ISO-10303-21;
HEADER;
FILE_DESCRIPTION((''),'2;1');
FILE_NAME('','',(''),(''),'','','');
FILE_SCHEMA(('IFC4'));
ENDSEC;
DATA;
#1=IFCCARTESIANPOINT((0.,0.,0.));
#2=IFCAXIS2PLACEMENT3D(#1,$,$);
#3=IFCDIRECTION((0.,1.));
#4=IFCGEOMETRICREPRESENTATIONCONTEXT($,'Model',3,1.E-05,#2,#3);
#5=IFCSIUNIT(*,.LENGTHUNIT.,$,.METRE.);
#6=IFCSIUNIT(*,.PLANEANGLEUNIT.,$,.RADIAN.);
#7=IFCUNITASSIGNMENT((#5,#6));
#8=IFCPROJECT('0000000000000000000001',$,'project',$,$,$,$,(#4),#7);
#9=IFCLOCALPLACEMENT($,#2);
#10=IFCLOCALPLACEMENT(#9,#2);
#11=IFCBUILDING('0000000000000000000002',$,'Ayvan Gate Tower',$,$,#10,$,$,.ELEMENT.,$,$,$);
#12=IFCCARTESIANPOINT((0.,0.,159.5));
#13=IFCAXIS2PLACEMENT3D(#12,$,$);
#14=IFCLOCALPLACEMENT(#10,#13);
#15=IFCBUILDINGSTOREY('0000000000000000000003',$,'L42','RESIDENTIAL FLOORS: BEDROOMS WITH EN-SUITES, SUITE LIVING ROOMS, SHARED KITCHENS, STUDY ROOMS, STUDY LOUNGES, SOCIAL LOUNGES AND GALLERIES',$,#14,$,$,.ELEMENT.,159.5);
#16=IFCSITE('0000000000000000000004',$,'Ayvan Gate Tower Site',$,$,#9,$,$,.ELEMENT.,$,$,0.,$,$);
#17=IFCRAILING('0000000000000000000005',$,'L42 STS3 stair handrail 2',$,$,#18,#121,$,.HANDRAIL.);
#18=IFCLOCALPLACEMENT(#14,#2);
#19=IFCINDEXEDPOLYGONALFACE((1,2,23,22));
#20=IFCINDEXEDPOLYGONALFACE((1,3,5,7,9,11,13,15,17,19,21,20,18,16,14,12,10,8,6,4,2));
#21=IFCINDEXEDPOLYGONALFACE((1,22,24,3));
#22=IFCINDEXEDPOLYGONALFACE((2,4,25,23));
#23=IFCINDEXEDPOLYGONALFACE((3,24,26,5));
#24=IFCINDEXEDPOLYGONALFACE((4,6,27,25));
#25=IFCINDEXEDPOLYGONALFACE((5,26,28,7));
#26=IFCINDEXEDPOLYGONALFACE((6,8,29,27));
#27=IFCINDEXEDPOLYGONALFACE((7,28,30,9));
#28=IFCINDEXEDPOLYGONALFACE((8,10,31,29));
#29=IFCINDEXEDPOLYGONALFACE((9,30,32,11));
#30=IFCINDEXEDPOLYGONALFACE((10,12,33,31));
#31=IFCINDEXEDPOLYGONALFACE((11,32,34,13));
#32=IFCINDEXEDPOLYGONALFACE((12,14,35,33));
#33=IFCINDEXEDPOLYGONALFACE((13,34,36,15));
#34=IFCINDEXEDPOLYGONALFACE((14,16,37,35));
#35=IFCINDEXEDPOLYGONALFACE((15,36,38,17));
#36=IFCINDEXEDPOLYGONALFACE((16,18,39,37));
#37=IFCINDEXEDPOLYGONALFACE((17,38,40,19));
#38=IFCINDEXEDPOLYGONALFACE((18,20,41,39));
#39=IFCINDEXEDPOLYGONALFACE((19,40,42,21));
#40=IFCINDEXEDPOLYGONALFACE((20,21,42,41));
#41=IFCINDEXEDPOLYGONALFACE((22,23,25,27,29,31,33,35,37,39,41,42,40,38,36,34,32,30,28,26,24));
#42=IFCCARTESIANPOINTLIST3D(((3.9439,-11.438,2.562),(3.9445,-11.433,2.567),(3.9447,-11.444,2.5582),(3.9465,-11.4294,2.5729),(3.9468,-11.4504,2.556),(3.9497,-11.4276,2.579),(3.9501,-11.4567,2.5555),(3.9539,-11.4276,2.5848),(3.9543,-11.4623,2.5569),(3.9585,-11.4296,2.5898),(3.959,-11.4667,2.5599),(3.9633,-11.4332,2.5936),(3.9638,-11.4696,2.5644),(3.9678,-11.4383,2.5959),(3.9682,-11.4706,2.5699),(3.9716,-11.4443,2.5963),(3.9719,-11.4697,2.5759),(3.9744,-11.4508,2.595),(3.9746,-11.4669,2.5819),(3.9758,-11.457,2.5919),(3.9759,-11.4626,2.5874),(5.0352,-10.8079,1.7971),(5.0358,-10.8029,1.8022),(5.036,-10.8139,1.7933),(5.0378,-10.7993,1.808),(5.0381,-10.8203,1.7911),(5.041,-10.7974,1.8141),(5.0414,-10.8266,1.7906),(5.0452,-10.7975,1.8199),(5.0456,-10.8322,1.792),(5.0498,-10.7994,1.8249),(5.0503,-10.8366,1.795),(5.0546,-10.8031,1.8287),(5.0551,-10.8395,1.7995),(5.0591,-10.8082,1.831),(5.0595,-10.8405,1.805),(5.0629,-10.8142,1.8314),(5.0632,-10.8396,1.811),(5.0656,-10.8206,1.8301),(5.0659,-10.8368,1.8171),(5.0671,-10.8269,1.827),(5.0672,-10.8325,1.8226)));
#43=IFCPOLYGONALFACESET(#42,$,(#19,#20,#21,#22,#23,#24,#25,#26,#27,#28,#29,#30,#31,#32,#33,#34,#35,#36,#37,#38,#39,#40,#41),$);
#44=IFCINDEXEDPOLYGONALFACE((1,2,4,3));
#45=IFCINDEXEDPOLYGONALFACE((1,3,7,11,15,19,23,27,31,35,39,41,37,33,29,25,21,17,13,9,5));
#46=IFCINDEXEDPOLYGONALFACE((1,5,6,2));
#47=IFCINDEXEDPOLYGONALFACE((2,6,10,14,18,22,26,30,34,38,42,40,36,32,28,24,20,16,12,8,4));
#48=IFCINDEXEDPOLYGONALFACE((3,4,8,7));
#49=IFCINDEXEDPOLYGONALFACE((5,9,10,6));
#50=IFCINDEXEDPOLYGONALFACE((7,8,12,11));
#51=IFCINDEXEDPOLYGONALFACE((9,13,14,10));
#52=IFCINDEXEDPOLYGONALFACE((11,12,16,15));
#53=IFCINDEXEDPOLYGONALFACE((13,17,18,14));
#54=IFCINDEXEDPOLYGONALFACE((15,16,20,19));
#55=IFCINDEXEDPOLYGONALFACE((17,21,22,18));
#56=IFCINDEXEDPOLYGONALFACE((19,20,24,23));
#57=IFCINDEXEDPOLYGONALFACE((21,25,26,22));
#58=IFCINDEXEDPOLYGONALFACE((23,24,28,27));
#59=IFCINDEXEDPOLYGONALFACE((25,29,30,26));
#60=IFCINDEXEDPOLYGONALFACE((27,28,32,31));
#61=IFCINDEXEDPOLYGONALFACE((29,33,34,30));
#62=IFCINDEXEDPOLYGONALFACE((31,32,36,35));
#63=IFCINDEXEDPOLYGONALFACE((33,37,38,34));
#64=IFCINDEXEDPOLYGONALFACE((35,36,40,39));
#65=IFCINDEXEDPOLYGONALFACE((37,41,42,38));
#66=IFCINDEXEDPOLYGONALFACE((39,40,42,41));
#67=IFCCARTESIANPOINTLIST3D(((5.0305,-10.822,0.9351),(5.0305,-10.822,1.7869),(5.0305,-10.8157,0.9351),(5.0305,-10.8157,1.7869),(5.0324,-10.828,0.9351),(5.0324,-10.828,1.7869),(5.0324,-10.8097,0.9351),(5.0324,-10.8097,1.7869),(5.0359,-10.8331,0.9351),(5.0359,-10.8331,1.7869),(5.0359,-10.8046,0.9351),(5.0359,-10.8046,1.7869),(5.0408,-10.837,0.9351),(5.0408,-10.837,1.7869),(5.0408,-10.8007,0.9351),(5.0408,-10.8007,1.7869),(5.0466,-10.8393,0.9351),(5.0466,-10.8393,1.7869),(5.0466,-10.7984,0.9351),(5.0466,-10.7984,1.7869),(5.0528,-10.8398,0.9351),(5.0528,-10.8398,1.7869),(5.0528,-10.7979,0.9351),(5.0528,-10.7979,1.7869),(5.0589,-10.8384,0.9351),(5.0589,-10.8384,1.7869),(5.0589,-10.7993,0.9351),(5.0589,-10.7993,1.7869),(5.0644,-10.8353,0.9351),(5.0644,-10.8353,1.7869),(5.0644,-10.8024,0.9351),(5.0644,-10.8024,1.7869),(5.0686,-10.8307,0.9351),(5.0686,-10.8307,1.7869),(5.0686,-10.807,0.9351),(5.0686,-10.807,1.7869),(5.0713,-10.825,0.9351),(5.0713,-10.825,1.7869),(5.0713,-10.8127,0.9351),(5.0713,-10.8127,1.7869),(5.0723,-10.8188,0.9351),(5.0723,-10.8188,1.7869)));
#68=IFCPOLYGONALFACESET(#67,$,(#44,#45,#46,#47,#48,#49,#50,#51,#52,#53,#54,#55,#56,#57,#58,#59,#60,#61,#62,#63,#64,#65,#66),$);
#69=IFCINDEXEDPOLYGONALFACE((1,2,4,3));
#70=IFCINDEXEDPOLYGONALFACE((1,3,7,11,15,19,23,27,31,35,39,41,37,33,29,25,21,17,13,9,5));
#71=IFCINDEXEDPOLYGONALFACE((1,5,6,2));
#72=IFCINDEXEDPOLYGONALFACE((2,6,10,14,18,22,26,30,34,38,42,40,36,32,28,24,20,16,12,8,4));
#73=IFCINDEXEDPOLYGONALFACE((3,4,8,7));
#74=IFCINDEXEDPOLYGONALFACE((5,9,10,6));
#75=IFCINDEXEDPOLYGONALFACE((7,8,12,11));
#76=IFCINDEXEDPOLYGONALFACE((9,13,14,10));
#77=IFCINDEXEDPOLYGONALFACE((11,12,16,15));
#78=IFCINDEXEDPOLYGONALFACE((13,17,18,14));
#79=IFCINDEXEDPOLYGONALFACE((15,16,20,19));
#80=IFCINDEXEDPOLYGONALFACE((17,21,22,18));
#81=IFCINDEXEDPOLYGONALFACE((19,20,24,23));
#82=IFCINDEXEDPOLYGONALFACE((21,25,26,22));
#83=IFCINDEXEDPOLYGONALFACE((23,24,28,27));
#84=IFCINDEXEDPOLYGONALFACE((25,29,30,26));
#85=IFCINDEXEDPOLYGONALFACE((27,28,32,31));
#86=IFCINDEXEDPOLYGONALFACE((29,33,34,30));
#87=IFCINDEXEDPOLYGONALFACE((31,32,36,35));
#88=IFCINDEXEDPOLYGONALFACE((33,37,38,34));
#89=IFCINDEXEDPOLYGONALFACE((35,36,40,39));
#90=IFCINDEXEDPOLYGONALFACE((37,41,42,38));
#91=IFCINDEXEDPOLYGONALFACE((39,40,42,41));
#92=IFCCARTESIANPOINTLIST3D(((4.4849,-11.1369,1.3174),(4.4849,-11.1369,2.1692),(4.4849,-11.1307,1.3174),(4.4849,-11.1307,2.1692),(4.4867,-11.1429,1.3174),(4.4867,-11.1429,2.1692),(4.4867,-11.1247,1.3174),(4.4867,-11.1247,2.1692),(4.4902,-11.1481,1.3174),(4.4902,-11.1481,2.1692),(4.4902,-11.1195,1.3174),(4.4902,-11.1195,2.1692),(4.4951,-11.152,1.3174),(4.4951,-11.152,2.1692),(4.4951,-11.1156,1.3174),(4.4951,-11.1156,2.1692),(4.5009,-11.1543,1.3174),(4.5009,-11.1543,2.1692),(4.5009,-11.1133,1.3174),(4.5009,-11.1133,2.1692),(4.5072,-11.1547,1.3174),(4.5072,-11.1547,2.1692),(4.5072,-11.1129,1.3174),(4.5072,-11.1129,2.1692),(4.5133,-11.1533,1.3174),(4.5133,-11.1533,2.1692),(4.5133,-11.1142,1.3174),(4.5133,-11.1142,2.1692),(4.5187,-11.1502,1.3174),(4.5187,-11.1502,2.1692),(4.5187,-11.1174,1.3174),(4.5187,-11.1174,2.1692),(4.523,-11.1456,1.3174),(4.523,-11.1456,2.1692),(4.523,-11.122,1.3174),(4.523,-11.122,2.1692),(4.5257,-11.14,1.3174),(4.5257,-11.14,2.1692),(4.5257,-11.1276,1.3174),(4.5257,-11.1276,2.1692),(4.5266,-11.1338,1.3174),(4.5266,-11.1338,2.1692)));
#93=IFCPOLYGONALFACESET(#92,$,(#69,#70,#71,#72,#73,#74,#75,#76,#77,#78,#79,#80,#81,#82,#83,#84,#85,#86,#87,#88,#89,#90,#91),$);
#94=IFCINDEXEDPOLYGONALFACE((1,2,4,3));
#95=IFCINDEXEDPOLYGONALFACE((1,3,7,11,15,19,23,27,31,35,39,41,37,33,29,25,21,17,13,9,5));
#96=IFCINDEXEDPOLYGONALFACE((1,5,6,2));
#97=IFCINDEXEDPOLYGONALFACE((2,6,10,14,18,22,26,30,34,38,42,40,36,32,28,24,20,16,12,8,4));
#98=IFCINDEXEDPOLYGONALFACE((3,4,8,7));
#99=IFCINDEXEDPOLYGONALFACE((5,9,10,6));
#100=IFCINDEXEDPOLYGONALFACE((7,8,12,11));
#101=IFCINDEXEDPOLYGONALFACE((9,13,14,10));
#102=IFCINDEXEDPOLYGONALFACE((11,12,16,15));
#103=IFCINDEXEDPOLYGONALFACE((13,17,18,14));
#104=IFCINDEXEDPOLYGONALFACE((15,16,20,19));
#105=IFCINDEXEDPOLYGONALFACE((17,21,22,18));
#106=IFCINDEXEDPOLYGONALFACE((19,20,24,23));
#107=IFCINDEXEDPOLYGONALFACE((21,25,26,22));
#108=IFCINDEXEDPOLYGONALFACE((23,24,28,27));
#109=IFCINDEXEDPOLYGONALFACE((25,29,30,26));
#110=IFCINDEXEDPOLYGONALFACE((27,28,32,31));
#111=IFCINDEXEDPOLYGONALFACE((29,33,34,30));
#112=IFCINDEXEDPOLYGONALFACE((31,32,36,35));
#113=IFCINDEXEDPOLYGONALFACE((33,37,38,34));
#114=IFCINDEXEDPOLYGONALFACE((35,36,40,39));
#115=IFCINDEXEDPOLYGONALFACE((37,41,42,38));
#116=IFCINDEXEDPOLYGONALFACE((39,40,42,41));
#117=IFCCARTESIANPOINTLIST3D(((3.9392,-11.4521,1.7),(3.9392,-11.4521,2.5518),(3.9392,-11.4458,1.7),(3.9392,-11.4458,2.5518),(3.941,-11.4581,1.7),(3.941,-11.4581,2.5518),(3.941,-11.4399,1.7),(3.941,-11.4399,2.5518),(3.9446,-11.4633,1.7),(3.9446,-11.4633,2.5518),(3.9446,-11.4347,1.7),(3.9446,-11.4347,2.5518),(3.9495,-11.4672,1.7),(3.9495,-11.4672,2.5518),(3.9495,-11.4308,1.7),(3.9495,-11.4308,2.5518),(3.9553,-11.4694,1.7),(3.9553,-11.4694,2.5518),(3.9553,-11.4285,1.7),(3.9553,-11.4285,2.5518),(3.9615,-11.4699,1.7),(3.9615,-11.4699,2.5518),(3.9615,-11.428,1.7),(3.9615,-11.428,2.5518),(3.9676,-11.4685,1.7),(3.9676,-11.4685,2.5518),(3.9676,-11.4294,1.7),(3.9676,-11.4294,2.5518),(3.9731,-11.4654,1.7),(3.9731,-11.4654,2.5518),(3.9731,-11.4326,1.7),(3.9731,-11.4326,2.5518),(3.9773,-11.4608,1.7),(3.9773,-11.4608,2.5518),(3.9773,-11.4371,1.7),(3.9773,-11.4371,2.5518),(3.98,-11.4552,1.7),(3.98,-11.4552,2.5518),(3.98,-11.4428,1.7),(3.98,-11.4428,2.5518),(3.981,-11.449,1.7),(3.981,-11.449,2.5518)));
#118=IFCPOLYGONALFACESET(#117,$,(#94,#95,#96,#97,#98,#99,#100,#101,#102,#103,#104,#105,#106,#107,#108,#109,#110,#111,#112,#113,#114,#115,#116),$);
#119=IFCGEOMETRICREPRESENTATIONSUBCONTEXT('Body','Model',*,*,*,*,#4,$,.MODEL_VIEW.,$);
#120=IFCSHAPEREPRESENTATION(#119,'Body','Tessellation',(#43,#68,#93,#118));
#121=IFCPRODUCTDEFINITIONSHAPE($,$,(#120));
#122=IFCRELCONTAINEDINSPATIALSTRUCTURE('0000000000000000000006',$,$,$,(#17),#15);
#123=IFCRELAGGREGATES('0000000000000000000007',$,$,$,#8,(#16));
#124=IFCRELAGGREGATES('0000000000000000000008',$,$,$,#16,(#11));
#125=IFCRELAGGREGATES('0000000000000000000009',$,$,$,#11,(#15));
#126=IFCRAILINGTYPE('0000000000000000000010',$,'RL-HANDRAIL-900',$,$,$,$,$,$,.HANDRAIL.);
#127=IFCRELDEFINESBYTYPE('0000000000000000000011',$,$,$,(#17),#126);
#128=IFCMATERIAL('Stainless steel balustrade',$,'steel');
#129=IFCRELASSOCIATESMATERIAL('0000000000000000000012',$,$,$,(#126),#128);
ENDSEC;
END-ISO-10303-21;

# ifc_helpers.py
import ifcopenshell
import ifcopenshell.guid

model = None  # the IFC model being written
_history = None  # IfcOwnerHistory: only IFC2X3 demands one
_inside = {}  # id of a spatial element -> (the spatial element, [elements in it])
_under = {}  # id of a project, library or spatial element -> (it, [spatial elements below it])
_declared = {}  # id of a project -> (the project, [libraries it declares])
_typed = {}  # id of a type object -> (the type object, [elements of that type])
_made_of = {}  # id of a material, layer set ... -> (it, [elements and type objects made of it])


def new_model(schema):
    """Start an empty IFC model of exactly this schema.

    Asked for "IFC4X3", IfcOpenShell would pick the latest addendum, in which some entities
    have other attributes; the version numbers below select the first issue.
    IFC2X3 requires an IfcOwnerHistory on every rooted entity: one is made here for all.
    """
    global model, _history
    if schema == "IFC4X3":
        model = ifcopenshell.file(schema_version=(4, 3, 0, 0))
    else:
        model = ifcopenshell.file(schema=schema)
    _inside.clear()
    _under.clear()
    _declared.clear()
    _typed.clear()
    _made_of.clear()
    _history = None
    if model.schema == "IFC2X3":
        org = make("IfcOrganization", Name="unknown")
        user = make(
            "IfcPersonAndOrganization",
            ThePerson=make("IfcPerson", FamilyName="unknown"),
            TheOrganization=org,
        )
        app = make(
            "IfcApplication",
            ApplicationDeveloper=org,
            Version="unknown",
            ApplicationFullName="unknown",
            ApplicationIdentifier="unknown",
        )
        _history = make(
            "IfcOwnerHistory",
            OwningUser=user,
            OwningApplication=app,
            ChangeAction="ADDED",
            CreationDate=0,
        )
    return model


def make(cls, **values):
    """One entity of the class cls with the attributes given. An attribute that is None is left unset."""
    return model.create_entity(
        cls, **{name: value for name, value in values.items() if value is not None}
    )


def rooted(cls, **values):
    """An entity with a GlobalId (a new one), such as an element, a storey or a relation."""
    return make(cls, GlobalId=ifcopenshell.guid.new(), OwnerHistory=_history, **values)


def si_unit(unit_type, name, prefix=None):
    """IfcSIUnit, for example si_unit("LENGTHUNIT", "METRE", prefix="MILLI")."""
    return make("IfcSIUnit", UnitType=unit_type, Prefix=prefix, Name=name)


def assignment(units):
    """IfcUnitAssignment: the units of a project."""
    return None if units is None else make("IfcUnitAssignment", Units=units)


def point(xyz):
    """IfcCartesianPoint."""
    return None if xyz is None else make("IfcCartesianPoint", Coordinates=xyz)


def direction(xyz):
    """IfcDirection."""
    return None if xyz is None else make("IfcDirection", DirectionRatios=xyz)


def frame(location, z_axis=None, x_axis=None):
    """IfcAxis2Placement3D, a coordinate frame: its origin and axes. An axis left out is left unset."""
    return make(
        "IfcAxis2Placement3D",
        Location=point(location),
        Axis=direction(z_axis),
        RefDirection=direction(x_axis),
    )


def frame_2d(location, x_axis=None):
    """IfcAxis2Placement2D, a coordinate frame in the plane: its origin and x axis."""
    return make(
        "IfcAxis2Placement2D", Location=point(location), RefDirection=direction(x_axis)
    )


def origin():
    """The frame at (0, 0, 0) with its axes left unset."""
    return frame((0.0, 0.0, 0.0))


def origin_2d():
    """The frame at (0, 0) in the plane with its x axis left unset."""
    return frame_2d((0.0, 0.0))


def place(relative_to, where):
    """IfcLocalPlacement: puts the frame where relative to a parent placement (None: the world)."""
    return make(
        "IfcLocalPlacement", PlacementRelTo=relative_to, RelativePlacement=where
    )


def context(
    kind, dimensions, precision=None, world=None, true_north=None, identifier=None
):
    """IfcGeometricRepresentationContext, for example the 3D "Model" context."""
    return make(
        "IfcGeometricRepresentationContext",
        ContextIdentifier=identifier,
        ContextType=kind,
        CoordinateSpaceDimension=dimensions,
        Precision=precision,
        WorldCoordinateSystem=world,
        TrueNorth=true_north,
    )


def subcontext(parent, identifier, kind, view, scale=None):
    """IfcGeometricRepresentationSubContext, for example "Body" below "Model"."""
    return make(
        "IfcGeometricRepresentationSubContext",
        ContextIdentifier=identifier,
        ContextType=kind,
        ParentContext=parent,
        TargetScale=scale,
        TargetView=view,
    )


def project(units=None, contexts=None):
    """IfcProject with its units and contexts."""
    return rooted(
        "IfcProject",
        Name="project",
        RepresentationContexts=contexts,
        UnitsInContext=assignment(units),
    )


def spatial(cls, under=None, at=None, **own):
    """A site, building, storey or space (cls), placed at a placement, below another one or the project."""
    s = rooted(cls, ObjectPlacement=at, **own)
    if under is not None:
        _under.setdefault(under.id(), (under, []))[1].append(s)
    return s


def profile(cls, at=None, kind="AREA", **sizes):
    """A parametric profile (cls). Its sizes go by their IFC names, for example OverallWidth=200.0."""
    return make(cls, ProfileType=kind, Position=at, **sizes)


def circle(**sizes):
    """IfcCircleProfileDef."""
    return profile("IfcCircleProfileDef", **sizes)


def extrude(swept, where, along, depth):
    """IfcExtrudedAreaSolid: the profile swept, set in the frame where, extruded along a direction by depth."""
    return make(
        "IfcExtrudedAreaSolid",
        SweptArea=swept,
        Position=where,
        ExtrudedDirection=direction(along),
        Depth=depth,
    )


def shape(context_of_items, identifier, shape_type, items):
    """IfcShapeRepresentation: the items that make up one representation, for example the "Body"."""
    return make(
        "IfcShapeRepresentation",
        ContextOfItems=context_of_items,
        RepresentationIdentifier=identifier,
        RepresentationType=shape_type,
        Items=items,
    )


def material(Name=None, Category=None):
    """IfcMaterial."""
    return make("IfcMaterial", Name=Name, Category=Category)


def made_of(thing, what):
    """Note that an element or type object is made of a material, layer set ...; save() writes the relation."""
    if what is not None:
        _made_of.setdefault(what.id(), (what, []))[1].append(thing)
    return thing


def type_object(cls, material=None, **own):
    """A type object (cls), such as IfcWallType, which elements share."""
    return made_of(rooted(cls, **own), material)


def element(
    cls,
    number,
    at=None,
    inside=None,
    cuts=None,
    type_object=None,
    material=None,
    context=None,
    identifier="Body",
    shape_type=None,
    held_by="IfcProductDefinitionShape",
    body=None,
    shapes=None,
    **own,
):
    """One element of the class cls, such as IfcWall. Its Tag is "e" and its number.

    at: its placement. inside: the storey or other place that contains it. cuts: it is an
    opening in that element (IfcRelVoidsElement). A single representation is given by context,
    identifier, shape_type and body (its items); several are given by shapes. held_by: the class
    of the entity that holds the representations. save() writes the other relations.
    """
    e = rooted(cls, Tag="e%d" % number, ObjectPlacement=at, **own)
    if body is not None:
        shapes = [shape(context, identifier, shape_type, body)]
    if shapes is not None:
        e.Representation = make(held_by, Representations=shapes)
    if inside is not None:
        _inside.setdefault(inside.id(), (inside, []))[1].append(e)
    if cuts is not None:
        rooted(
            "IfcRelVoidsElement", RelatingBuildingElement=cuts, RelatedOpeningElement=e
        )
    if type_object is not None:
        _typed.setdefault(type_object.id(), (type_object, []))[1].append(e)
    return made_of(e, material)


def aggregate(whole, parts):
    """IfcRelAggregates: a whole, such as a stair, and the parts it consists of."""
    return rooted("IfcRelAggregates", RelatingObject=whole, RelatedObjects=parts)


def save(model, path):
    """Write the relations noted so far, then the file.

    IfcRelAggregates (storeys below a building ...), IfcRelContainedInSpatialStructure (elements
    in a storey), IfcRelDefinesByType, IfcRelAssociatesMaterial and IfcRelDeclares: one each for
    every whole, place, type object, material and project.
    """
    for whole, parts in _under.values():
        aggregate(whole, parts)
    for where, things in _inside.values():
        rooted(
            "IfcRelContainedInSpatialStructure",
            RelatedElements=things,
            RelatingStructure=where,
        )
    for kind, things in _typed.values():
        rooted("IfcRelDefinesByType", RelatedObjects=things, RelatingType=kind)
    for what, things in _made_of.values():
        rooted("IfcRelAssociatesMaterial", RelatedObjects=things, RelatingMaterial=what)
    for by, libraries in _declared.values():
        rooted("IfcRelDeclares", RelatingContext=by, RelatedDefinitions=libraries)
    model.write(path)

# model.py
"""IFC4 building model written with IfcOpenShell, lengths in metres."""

from ifc_helpers import new_model, si_unit, direction, frame, origin, origin_2d, place, context, subcontext, project, spatial, circle, extrude, material, type_object, element, save


model = new_model("IFC4")

# Units and contexts
model_context = context("Model", 3, precision=1e-05, world=origin(), true_north=direction((0.0, 1.0)))
body_context = subcontext(model_context, "Body", "Model", "MODEL_VIEW")
ifc_project = project(units=[si_unit("LENGTHUNIT", "METRE"), si_unit("PLANEANGLEUNIT", "RADIAN")], contexts=[model_context])

# Site, building, storey
site_placement = place(None, origin())
site = spatial("IfcSite", under=ifc_project, at=site_placement, Name="Ayvan Gate Tower Site", CompositionType="ELEMENT", RefElevation=0.0)
building_placement = place(site_placement, origin())
building = spatial("IfcBuilding", under=site, at=building_placement, Name="Ayvan Gate Tower", CompositionType="ELEMENT")
storey_placement = place(building_placement, frame((0.0, 0.0, 159.5)))
storey = spatial("IfcBuildingStorey", under=building, at=storey_placement, Name="L42", Description="RESIDENTIAL FLOORS: BEDROOMS WITH EN-SUITES, SUITE LIVING ROOMS, SHARED KITCHENS, STUDY ROOMS, STUDY LOUNGES, SOCIAL LOUNGES AND GALLERIES", CompositionType="ELEMENT", Elevation=159.5)

# Railing
ifc_material_1 = material(Name="Stainless steel balustrade", Category="steel")
railing_type_1 = type_object("IfcRailingType", Name="RL-HANDRAIL-900", PredefinedType="HANDRAIL", material=ifc_material_1)
railing_1_placement = place(storey_placement, frame((5.0513, -10.8188, 0.9351)))
element("IfcRailing", 1, at=railing_1_placement, inside=storey, type_object=railing_type_1, Name="L42 STS3 stair handrail 2", PredefinedType="HANDRAIL", context=body_context, shape_type="SweptSolid", body=[
    extrude(circle(Radius=0.0239, at=origin_2d()), frame((0.0, 0.0, 0.876), z_axis=(-0.740304, -0.427455, 0.518875), x_axis=(0.500035, -0.866005, 0.0)), (0.0, 0.0, 1.0), 1.4741),
    extrude(circle(Radius=0.021, at=origin_2d()), origin(), (0.0, 0.0, 1.0), 0.8518),
    extrude(circle(Radius=0.021, at=origin_2d()), frame((-0.5457, -0.3149, 0.3823)), (0.0, 0.0, 1.0), 0.8518),
    extrude(circle(Radius=0.021, at=origin_2d()), frame((-1.0913, -0.6301, 0.7649)), (0.0, 0.0, 1.0), 0.8518),
])

save(model, "model.ifc")
